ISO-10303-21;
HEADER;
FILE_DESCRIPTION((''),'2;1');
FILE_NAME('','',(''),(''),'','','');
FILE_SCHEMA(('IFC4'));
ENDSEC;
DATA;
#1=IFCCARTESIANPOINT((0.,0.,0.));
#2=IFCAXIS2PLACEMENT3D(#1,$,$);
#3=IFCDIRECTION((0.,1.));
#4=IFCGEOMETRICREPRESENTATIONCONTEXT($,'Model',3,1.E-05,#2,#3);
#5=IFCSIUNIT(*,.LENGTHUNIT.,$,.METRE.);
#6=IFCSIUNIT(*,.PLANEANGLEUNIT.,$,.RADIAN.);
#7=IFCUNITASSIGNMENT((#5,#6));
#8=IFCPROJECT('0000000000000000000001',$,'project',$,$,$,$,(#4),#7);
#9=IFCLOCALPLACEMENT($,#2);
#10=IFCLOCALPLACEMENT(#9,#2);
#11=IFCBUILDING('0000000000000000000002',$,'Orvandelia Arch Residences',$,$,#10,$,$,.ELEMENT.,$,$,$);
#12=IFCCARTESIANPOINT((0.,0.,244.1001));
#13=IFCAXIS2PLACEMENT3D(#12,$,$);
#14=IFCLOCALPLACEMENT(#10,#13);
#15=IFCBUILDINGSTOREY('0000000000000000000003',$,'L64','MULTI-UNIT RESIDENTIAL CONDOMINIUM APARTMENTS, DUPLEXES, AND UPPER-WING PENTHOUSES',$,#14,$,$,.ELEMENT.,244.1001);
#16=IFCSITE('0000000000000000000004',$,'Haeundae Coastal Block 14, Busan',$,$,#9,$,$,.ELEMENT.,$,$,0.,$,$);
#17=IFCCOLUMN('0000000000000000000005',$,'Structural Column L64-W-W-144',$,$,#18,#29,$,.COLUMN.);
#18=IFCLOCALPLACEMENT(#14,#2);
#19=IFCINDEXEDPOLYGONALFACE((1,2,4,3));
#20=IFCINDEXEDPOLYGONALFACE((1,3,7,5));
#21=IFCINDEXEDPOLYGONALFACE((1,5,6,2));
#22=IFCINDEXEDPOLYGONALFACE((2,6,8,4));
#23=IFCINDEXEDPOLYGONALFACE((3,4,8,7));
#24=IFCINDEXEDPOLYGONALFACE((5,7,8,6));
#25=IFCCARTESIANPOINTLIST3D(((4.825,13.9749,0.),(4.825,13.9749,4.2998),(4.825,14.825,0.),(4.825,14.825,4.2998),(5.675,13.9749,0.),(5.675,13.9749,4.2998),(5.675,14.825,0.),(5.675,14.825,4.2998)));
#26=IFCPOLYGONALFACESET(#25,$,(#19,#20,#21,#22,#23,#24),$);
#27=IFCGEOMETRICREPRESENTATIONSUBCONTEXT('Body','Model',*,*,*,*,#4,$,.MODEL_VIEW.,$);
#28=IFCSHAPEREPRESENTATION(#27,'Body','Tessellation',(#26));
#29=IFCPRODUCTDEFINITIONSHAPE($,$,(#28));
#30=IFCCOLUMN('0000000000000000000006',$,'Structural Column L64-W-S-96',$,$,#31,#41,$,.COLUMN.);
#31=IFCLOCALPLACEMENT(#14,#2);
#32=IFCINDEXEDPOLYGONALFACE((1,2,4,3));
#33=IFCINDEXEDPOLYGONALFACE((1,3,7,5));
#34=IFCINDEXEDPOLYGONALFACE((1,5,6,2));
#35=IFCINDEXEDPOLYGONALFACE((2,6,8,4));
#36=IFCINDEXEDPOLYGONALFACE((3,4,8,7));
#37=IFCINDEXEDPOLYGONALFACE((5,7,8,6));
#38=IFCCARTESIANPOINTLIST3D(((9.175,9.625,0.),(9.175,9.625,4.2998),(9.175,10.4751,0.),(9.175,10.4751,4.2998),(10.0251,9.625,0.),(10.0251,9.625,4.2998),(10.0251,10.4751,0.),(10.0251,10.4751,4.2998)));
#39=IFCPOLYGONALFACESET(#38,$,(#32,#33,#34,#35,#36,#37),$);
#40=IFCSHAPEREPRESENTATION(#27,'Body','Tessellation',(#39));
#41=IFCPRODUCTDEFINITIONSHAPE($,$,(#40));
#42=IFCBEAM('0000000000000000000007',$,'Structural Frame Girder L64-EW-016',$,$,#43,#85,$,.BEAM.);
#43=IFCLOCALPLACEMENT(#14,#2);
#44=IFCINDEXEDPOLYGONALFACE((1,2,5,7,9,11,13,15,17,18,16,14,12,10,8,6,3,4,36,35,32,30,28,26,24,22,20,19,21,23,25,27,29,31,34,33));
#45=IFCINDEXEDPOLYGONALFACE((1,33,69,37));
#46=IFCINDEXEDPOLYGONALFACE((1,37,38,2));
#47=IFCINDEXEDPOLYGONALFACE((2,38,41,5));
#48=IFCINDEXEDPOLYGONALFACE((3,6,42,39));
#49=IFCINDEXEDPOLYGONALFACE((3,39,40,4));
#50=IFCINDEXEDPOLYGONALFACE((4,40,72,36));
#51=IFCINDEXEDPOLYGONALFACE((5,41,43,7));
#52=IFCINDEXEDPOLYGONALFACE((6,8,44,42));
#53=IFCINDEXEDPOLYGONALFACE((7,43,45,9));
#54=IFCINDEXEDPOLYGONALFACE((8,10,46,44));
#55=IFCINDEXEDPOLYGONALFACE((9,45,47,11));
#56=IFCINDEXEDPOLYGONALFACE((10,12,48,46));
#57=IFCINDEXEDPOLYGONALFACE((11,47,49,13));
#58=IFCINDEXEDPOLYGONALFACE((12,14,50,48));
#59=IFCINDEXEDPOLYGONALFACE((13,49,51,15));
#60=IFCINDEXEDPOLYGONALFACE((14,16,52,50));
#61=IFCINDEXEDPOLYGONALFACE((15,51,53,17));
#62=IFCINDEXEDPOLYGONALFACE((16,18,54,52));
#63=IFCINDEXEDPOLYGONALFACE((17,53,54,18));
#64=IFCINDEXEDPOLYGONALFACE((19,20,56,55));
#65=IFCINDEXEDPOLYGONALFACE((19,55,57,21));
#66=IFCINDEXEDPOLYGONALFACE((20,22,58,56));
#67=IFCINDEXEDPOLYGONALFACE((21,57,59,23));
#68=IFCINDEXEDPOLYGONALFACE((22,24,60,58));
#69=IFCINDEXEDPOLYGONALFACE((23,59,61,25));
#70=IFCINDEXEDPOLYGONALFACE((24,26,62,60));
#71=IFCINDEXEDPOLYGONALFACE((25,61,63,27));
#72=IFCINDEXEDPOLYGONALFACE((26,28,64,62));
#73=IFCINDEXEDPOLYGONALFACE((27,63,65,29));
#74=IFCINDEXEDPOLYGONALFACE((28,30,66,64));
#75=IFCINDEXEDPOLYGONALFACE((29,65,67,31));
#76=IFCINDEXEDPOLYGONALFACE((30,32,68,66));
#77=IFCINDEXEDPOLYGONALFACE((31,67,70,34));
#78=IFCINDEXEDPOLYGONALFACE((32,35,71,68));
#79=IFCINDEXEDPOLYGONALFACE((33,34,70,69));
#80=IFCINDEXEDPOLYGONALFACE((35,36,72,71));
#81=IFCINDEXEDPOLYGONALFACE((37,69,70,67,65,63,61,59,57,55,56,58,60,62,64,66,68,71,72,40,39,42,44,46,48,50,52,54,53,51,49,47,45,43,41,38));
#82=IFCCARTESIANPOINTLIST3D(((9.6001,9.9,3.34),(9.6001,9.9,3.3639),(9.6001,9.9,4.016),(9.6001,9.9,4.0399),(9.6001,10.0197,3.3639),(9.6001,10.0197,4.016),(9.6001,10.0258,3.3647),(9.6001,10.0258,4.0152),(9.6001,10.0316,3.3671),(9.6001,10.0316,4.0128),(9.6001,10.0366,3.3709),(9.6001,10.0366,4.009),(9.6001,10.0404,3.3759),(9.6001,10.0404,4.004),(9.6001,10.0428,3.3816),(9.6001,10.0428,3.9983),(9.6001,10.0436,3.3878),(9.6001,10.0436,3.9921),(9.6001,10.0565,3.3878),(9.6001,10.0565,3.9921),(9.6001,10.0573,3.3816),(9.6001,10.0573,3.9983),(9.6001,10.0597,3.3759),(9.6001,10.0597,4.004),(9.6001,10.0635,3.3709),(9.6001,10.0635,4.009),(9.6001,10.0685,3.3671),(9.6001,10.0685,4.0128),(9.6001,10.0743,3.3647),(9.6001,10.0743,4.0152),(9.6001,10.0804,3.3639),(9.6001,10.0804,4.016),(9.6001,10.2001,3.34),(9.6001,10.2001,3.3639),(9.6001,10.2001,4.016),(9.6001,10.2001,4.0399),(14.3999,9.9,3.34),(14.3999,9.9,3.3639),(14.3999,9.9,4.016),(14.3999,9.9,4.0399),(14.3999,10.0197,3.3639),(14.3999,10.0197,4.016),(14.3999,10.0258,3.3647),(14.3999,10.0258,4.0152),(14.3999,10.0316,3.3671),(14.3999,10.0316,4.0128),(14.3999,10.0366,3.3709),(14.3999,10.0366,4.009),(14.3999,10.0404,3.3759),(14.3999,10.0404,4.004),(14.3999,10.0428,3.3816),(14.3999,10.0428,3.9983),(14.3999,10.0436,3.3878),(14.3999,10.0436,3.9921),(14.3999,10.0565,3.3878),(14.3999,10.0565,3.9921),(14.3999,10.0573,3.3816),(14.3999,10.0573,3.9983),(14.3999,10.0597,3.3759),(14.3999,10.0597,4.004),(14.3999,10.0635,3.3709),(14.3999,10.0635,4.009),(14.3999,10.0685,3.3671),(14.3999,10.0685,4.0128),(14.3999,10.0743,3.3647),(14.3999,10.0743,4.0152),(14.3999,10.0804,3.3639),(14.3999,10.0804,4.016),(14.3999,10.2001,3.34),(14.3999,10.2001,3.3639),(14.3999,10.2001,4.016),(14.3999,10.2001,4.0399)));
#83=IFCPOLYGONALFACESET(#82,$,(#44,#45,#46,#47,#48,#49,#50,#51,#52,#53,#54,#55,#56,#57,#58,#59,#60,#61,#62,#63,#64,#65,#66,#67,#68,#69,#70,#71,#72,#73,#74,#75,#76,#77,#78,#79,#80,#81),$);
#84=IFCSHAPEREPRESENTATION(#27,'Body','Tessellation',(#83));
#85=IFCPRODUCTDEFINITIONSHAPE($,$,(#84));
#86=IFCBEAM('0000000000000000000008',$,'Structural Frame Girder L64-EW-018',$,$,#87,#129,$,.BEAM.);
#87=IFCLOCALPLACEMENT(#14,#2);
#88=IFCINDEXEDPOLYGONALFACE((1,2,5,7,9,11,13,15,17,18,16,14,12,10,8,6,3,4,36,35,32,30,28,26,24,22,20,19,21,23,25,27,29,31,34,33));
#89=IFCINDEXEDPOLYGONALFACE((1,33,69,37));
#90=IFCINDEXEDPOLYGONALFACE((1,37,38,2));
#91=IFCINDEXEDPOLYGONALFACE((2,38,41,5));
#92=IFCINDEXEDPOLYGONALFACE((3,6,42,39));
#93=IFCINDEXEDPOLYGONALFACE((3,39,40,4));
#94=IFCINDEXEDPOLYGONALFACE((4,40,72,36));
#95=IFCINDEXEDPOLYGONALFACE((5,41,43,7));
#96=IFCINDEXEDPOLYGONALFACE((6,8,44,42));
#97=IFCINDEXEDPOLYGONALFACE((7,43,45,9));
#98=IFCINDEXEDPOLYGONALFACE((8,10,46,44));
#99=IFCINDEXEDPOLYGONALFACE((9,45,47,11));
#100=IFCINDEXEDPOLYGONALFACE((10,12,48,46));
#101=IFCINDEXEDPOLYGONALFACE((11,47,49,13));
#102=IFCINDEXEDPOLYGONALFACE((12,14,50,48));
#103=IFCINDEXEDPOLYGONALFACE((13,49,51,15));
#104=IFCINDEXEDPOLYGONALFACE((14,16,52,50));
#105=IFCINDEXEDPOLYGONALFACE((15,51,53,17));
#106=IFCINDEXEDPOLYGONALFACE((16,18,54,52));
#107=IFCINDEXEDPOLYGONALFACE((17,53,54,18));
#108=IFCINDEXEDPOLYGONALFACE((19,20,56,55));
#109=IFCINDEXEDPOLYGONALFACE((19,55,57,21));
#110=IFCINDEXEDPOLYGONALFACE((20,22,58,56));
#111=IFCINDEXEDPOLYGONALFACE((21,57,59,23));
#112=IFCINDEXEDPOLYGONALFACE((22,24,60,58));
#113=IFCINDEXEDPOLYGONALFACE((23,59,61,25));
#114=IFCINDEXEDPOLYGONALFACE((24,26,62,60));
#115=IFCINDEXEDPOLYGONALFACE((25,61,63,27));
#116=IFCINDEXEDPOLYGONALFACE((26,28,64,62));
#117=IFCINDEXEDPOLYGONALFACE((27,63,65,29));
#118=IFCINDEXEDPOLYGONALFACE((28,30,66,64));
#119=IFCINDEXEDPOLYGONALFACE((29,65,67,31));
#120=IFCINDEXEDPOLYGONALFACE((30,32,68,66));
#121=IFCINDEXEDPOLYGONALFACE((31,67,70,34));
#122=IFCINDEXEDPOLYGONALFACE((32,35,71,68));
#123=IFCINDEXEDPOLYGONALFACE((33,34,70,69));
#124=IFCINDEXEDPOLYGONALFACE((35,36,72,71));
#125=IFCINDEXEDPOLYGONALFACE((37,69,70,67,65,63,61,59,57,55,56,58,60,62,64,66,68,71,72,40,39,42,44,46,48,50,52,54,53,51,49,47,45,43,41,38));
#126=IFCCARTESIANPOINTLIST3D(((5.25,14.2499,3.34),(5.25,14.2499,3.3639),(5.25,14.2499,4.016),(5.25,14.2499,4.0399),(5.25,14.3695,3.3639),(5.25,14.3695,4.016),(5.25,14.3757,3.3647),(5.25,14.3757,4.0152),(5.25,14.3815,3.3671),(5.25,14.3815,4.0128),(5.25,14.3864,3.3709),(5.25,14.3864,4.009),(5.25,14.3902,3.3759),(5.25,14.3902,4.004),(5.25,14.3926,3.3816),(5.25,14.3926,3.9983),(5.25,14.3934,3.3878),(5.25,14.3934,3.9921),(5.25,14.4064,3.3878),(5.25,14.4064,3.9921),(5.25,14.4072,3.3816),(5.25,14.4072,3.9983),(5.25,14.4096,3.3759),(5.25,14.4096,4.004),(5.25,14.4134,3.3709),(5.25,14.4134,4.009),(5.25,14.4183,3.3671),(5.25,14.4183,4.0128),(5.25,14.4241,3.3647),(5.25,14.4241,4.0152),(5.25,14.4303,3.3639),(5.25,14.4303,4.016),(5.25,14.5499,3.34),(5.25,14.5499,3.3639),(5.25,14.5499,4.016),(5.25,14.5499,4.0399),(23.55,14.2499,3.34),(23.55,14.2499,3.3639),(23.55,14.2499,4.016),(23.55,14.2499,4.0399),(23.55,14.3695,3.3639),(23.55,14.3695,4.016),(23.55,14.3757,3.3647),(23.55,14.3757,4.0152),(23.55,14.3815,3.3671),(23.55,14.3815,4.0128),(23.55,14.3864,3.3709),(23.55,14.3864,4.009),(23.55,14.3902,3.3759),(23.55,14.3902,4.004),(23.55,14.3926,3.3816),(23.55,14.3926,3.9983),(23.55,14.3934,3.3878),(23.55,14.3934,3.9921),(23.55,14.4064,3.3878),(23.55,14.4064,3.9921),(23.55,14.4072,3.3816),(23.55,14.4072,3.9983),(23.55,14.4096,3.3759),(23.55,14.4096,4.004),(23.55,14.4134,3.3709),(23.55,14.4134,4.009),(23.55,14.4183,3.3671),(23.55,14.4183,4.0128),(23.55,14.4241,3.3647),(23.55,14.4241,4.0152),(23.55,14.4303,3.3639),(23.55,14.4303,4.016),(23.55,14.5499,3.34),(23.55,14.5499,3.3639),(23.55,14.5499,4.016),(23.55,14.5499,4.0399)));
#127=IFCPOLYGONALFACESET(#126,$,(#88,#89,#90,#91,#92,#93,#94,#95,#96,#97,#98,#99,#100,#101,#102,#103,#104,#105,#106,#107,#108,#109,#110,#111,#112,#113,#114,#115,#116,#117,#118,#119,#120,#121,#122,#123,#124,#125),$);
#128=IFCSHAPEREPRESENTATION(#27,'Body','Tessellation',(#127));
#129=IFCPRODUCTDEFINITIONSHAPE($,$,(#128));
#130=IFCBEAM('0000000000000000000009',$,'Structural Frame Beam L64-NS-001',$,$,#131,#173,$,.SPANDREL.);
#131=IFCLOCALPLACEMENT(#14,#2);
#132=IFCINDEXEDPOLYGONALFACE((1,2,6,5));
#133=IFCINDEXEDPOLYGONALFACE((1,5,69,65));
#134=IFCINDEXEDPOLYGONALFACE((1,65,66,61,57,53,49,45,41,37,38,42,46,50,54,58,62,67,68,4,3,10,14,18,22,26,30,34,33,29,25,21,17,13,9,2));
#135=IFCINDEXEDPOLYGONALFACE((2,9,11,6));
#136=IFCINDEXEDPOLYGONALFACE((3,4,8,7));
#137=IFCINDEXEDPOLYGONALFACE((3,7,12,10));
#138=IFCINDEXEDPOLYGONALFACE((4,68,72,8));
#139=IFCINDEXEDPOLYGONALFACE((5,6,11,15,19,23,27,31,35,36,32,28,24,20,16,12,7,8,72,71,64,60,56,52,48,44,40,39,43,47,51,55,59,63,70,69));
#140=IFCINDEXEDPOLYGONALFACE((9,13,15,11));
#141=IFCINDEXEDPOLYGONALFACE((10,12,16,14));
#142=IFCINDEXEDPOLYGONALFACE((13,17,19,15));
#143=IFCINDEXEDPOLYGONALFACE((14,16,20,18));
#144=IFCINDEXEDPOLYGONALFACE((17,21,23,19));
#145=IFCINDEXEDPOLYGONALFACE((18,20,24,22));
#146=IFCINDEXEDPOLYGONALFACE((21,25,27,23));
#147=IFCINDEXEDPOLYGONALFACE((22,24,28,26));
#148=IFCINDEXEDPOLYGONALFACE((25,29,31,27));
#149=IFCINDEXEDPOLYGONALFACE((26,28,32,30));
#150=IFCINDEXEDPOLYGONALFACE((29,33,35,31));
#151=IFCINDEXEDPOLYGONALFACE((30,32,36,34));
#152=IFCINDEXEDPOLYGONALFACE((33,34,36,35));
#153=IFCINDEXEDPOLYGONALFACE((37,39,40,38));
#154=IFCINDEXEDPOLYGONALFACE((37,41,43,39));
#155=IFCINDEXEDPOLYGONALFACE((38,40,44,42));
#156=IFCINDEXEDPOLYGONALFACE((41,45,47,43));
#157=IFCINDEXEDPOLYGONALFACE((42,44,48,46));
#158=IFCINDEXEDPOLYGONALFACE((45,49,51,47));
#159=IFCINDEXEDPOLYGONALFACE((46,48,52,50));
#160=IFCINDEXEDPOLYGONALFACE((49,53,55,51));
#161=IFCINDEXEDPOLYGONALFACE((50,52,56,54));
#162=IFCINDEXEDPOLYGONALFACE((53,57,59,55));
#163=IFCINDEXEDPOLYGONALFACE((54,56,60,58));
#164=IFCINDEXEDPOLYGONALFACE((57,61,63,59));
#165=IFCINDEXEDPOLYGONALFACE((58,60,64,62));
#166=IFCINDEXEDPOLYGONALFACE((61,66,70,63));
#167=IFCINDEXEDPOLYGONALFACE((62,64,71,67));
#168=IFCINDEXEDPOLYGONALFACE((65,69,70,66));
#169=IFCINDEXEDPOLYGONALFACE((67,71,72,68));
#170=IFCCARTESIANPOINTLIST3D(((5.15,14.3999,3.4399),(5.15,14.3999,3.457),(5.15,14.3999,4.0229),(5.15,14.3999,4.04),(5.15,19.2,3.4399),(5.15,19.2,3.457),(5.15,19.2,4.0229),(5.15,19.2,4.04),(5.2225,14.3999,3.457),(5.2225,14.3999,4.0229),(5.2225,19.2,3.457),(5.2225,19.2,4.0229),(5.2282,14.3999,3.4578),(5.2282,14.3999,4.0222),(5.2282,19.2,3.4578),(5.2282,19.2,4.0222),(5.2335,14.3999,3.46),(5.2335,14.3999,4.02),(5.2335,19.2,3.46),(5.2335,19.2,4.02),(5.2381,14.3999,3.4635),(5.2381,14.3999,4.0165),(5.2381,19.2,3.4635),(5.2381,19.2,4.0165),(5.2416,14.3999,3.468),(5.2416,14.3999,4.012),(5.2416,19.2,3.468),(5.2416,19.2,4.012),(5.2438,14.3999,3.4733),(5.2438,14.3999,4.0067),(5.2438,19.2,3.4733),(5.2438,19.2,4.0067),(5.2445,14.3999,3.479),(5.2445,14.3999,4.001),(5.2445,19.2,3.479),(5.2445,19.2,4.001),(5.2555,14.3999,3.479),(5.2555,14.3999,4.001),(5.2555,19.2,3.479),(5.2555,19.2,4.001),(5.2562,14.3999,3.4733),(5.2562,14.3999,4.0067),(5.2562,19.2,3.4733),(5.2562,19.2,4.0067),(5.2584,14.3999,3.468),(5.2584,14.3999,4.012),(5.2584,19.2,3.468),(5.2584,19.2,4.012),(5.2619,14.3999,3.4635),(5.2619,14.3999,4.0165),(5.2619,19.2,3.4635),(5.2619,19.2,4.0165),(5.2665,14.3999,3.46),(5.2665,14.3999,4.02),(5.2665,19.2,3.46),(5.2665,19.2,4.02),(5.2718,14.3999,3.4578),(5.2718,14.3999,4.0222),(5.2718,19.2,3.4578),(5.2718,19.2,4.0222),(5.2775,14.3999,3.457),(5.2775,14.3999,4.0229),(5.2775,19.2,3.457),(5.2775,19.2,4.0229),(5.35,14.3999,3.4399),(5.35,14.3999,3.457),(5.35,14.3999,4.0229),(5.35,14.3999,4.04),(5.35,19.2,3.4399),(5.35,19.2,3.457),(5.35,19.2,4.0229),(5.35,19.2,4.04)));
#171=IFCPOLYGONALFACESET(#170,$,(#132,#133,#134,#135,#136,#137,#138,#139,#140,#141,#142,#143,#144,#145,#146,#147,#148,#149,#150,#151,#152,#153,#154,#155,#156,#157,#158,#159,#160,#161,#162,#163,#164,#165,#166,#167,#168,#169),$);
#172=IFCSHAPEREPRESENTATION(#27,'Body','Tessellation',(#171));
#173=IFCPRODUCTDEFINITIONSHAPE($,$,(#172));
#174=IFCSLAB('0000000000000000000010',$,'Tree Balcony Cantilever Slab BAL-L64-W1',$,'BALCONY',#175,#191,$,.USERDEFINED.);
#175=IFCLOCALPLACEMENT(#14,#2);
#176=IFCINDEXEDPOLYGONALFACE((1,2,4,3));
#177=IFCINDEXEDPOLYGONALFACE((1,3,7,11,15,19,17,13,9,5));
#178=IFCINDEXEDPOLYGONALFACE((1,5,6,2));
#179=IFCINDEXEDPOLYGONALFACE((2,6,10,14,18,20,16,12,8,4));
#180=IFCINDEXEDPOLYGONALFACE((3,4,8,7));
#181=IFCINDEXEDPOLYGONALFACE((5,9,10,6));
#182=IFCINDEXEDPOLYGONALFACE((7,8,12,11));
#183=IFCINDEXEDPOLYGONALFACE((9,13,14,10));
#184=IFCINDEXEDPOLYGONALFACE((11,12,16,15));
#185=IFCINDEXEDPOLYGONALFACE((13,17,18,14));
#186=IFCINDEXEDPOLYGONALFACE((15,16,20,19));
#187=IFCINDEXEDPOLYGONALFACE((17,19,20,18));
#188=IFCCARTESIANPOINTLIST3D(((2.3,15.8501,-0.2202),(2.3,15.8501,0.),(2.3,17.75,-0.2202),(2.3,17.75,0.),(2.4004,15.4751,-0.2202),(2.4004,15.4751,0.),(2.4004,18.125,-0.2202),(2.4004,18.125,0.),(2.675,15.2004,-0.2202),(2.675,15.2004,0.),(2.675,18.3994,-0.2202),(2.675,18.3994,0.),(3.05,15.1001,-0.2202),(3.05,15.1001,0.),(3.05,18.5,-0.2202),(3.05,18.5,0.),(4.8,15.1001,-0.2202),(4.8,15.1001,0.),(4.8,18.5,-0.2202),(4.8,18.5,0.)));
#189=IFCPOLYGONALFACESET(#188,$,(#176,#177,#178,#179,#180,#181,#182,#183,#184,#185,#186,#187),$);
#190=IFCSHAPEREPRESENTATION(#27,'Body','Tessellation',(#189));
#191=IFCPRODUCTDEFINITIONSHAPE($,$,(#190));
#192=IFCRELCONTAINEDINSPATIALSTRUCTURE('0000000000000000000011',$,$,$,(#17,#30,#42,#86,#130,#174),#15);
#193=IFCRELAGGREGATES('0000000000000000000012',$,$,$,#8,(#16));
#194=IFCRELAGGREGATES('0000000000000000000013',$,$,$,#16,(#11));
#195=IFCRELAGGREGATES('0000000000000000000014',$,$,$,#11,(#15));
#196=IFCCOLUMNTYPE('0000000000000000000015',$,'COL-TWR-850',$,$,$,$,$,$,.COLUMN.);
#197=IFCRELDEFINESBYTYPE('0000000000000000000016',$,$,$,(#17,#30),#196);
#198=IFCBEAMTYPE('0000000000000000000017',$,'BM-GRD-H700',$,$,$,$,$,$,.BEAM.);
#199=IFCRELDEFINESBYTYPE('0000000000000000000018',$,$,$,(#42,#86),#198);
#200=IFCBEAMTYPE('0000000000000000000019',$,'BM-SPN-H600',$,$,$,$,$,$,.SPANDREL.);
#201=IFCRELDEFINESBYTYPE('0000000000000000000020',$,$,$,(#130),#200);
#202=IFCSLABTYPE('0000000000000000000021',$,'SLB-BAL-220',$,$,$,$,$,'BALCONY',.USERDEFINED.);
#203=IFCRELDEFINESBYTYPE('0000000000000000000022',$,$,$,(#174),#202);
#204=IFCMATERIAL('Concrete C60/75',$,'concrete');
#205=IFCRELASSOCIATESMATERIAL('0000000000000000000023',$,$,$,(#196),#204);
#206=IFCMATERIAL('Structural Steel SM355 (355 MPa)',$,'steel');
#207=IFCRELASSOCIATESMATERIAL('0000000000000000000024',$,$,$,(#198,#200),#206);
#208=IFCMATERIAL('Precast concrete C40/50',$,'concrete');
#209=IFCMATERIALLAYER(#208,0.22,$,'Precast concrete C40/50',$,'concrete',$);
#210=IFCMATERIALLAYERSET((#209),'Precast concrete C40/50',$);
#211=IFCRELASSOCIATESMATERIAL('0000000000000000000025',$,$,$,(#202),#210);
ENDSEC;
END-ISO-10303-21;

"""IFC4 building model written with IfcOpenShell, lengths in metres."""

from ifc_helpers import new_model, si_unit, direction, frame, origin, origin_2d, place, context, subcontext, project, spatial, polyline, rectangle, i_section, outline, extrude, material, layer, layer_set, material_profile, profile_set, type_object, element, save


model = new_model("IFC4")

# Units and contexts
model_context = context("Model", 3, precision=1e-05, world=origin(), true_north=direction((0.0, 1.0)))
body_context = subcontext(model_context, "Body", "Model", "MODEL_VIEW")
ifc_project = project(units=[si_unit("LENGTHUNIT", "METRE"), si_unit("PLANEANGLEUNIT", "RADIAN")], contexts=[model_context])

# Site, building, storey
site_placement = place(None, origin())
site = spatial("IfcSite", under=ifc_project, at=site_placement, Name="Haeundae Coastal Block 14, Busan", CompositionType="ELEMENT", RefElevation=0.0)
building_placement = place(site_placement, origin())
building = spatial("IfcBuilding", under=site, at=building_placement, Name="Orvandelia Arch Residences", CompositionType="ELEMENT")
storey_placement = place(building_placement, frame((0.0, 0.0, 244.1001)))
storey = spatial("IfcBuildingStorey", under=building, at=storey_placement, Name="L64", Description="MULTI-UNIT RESIDENTIAL CONDOMINIUM APARTMENTS, DUPLEXES, AND UPPER-WING PENTHOUSES", CompositionType="ELEMENT", Elevation=244.1001)

# Columns
ifc_material_1 = material(Name="Concrete C60/75", Category="concrete")
ifc_material_profile_1 = material_profile(ifc_material_1, rectangle(XDim=0.8501, YDim=0.8501, at=origin_2d()), Name="Concrete C60/75", Category="concrete")
ifc_profile_set_1 = profile_set([ifc_material_profile_1], Name="Concrete C60/75")
column_type = type_object("IfcColumnType", Name="COL-TWR-850", PredefinedType="COLUMN", material=ifc_profile_set_1)
for number, where, z_axis, x_axis, name in (
    (1, (5.25, 14.3999, 0.0), (0.0, 0.0, 1.0), (1.0, 0.0, 0.0), "Structural Column L64-W-W-144"),
    (2, (9.6001, 10.05, 0.0), (0.0, 0.0, 1.0), (1.0, 0.0, 0.0), "Structural Column L64-W-S-96"),
):
    element("IfcColumn", number, at=place(storey_placement, frame(where, z_axis=z_axis, x_axis=x_axis)), inside=storey, type_object=column_type, Name=name, PredefinedType="COLUMN", context=body_context, shape_type="SweptSolid", body=[
        extrude(rectangle(XDim=0.8501, YDim=0.8501, at=origin_2d()), origin(), (0.0, 0.0, 1.0), 4.2998),
    ])

# Beams
ifc_material_2 = material(Name="Structural Steel SM355 (355 MPa)", Category="steel")
ifc_material_profile_2 = material_profile(ifc_material_2, i_section(OverallWidth=0.3, OverallDepth=0.7, WebThickness=0.0129, FlangeThickness=0.0239, FilletRadius=0.0239, at=origin_2d()), Name="Structural Steel SM355 (355 MPa)", Category="steel")
ifc_profile_set_2 = profile_set([ifc_material_profile_2], Name="Structural Steel SM355 (355 MPa)")
beam_type_1 = type_object("IfcBeamType", Name="BM-GRD-H700", PredefinedType="BEAM", material=ifc_profile_set_2)
beam_1_placement = place(storey_placement, frame((9.6001, 10.05, 3.6899), z_axis=(1.0, 0.0, 0.0), x_axis=(0.0, 1.0, 0.0)))
element("IfcBeam", 3, at=beam_1_placement, inside=storey, type_object=beam_type_1, Name="Structural Frame Girder L64-EW-016", PredefinedType="BEAM", context=body_context, shape_type="SweptSolid", body=[
    extrude(i_section(OverallWidth=0.3, OverallDepth=0.7, WebThickness=0.0129, FlangeThickness=0.0239, FilletRadius=0.0239, at=origin_2d()), origin(), (0.0, 0.0, 1.0), 4.7998),
])
beam_2_placement = place(storey_placement, frame((5.25, 14.3999, 3.6899), z_axis=(1.0, 0.0, 0.0), x_axis=(0.0, 1.0, 0.0)))
element("IfcBeam", 4, at=beam_2_placement, inside=storey, type_object=beam_type_1, Name="Structural Frame Girder L64-EW-018", PredefinedType="BEAM", context=body_context, shape_type="SweptSolid", body=[
    extrude(i_section(OverallWidth=0.3, OverallDepth=0.7, WebThickness=0.0129, FlangeThickness=0.0239, FilletRadius=0.0239, at=origin_2d()), origin(), (0.0, 0.0, 1.0), 18.3),
])
ifc_material_profile_3 = material_profile(ifc_material_2, i_section(OverallWidth=0.2, OverallDepth=0.6001, WebThickness=0.011, FlangeThickness=0.0171, FilletRadius=0.022, at=origin_2d()), Name="Structural Steel SM355 (355 MPa)", Category="steel")
ifc_profile_set_3 = profile_set([ifc_material_profile_3], Name="Structural Steel SM355 (355 MPa)")
beam_type_2 = type_object("IfcBeamType", Name="BM-SPN-H600", PredefinedType="SPANDREL", material=ifc_profile_set_3)
beam_3_placement = place(storey_placement, frame((5.25, 14.3999, 3.74), z_axis=(0.0, 1.0, 0.0), x_axis=(-1.0, 0.0, 0.0)))
element("IfcBeam", 5, at=beam_3_placement, inside=storey, type_object=beam_type_2, Name="Structural Frame Beam L64-NS-001", PredefinedType="SPANDREL", context=body_context, shape_type="SweptSolid", body=[
    extrude(i_section(OverallWidth=0.2, OverallDepth=0.6001, WebThickness=0.011, FlangeThickness=0.0171, FilletRadius=0.022, at=origin_2d()), origin(), (0.0, 0.0, 1.0), 4.8),
])

# Slab
ifc_material_3 = material(Name="Precast concrete C40/50", Category="concrete")
ifc_layer_1 = layer(ifc_material_3, 0.22, Name="Precast concrete C40/50", Category="concrete")
ifc_layer_set_1 = layer_set([ifc_layer_1], Name="Precast concrete C40/50")
slab_type_1 = type_object("IfcSlabType", Name="SLB-BAL-220", ElementType="BALCONY", PredefinedType="USERDEFINED", material=ifc_layer_set_1)
slab_1_placement = place(storey_placement, frame((0.0, 0.0, -0.2202)))
element("IfcSlab", 6, at=slab_1_placement, inside=storey, type_object=slab_type_1, Name="Tree Balcony Cantilever Slab BAL-L64-W1", ObjectType="BALCONY", PredefinedType="USERDEFINED", context=body_context, shape_type="SweptSolid", body=[
    extrude(outline(polyline([(4.8, 15.1001), (4.8, 18.5), (3.05, 18.5), (2.675, 18.3994), (2.4004, 18.125), (2.3, 17.75), (2.3, 15.8501), (2.4004, 15.4751), (2.675, 15.2004), (3.05, 15.1001), (4.8, 15.1001)])), origin(), (0.0, 0.0, 1.0), 0.2202),
])

save(model, "model.ifc")
